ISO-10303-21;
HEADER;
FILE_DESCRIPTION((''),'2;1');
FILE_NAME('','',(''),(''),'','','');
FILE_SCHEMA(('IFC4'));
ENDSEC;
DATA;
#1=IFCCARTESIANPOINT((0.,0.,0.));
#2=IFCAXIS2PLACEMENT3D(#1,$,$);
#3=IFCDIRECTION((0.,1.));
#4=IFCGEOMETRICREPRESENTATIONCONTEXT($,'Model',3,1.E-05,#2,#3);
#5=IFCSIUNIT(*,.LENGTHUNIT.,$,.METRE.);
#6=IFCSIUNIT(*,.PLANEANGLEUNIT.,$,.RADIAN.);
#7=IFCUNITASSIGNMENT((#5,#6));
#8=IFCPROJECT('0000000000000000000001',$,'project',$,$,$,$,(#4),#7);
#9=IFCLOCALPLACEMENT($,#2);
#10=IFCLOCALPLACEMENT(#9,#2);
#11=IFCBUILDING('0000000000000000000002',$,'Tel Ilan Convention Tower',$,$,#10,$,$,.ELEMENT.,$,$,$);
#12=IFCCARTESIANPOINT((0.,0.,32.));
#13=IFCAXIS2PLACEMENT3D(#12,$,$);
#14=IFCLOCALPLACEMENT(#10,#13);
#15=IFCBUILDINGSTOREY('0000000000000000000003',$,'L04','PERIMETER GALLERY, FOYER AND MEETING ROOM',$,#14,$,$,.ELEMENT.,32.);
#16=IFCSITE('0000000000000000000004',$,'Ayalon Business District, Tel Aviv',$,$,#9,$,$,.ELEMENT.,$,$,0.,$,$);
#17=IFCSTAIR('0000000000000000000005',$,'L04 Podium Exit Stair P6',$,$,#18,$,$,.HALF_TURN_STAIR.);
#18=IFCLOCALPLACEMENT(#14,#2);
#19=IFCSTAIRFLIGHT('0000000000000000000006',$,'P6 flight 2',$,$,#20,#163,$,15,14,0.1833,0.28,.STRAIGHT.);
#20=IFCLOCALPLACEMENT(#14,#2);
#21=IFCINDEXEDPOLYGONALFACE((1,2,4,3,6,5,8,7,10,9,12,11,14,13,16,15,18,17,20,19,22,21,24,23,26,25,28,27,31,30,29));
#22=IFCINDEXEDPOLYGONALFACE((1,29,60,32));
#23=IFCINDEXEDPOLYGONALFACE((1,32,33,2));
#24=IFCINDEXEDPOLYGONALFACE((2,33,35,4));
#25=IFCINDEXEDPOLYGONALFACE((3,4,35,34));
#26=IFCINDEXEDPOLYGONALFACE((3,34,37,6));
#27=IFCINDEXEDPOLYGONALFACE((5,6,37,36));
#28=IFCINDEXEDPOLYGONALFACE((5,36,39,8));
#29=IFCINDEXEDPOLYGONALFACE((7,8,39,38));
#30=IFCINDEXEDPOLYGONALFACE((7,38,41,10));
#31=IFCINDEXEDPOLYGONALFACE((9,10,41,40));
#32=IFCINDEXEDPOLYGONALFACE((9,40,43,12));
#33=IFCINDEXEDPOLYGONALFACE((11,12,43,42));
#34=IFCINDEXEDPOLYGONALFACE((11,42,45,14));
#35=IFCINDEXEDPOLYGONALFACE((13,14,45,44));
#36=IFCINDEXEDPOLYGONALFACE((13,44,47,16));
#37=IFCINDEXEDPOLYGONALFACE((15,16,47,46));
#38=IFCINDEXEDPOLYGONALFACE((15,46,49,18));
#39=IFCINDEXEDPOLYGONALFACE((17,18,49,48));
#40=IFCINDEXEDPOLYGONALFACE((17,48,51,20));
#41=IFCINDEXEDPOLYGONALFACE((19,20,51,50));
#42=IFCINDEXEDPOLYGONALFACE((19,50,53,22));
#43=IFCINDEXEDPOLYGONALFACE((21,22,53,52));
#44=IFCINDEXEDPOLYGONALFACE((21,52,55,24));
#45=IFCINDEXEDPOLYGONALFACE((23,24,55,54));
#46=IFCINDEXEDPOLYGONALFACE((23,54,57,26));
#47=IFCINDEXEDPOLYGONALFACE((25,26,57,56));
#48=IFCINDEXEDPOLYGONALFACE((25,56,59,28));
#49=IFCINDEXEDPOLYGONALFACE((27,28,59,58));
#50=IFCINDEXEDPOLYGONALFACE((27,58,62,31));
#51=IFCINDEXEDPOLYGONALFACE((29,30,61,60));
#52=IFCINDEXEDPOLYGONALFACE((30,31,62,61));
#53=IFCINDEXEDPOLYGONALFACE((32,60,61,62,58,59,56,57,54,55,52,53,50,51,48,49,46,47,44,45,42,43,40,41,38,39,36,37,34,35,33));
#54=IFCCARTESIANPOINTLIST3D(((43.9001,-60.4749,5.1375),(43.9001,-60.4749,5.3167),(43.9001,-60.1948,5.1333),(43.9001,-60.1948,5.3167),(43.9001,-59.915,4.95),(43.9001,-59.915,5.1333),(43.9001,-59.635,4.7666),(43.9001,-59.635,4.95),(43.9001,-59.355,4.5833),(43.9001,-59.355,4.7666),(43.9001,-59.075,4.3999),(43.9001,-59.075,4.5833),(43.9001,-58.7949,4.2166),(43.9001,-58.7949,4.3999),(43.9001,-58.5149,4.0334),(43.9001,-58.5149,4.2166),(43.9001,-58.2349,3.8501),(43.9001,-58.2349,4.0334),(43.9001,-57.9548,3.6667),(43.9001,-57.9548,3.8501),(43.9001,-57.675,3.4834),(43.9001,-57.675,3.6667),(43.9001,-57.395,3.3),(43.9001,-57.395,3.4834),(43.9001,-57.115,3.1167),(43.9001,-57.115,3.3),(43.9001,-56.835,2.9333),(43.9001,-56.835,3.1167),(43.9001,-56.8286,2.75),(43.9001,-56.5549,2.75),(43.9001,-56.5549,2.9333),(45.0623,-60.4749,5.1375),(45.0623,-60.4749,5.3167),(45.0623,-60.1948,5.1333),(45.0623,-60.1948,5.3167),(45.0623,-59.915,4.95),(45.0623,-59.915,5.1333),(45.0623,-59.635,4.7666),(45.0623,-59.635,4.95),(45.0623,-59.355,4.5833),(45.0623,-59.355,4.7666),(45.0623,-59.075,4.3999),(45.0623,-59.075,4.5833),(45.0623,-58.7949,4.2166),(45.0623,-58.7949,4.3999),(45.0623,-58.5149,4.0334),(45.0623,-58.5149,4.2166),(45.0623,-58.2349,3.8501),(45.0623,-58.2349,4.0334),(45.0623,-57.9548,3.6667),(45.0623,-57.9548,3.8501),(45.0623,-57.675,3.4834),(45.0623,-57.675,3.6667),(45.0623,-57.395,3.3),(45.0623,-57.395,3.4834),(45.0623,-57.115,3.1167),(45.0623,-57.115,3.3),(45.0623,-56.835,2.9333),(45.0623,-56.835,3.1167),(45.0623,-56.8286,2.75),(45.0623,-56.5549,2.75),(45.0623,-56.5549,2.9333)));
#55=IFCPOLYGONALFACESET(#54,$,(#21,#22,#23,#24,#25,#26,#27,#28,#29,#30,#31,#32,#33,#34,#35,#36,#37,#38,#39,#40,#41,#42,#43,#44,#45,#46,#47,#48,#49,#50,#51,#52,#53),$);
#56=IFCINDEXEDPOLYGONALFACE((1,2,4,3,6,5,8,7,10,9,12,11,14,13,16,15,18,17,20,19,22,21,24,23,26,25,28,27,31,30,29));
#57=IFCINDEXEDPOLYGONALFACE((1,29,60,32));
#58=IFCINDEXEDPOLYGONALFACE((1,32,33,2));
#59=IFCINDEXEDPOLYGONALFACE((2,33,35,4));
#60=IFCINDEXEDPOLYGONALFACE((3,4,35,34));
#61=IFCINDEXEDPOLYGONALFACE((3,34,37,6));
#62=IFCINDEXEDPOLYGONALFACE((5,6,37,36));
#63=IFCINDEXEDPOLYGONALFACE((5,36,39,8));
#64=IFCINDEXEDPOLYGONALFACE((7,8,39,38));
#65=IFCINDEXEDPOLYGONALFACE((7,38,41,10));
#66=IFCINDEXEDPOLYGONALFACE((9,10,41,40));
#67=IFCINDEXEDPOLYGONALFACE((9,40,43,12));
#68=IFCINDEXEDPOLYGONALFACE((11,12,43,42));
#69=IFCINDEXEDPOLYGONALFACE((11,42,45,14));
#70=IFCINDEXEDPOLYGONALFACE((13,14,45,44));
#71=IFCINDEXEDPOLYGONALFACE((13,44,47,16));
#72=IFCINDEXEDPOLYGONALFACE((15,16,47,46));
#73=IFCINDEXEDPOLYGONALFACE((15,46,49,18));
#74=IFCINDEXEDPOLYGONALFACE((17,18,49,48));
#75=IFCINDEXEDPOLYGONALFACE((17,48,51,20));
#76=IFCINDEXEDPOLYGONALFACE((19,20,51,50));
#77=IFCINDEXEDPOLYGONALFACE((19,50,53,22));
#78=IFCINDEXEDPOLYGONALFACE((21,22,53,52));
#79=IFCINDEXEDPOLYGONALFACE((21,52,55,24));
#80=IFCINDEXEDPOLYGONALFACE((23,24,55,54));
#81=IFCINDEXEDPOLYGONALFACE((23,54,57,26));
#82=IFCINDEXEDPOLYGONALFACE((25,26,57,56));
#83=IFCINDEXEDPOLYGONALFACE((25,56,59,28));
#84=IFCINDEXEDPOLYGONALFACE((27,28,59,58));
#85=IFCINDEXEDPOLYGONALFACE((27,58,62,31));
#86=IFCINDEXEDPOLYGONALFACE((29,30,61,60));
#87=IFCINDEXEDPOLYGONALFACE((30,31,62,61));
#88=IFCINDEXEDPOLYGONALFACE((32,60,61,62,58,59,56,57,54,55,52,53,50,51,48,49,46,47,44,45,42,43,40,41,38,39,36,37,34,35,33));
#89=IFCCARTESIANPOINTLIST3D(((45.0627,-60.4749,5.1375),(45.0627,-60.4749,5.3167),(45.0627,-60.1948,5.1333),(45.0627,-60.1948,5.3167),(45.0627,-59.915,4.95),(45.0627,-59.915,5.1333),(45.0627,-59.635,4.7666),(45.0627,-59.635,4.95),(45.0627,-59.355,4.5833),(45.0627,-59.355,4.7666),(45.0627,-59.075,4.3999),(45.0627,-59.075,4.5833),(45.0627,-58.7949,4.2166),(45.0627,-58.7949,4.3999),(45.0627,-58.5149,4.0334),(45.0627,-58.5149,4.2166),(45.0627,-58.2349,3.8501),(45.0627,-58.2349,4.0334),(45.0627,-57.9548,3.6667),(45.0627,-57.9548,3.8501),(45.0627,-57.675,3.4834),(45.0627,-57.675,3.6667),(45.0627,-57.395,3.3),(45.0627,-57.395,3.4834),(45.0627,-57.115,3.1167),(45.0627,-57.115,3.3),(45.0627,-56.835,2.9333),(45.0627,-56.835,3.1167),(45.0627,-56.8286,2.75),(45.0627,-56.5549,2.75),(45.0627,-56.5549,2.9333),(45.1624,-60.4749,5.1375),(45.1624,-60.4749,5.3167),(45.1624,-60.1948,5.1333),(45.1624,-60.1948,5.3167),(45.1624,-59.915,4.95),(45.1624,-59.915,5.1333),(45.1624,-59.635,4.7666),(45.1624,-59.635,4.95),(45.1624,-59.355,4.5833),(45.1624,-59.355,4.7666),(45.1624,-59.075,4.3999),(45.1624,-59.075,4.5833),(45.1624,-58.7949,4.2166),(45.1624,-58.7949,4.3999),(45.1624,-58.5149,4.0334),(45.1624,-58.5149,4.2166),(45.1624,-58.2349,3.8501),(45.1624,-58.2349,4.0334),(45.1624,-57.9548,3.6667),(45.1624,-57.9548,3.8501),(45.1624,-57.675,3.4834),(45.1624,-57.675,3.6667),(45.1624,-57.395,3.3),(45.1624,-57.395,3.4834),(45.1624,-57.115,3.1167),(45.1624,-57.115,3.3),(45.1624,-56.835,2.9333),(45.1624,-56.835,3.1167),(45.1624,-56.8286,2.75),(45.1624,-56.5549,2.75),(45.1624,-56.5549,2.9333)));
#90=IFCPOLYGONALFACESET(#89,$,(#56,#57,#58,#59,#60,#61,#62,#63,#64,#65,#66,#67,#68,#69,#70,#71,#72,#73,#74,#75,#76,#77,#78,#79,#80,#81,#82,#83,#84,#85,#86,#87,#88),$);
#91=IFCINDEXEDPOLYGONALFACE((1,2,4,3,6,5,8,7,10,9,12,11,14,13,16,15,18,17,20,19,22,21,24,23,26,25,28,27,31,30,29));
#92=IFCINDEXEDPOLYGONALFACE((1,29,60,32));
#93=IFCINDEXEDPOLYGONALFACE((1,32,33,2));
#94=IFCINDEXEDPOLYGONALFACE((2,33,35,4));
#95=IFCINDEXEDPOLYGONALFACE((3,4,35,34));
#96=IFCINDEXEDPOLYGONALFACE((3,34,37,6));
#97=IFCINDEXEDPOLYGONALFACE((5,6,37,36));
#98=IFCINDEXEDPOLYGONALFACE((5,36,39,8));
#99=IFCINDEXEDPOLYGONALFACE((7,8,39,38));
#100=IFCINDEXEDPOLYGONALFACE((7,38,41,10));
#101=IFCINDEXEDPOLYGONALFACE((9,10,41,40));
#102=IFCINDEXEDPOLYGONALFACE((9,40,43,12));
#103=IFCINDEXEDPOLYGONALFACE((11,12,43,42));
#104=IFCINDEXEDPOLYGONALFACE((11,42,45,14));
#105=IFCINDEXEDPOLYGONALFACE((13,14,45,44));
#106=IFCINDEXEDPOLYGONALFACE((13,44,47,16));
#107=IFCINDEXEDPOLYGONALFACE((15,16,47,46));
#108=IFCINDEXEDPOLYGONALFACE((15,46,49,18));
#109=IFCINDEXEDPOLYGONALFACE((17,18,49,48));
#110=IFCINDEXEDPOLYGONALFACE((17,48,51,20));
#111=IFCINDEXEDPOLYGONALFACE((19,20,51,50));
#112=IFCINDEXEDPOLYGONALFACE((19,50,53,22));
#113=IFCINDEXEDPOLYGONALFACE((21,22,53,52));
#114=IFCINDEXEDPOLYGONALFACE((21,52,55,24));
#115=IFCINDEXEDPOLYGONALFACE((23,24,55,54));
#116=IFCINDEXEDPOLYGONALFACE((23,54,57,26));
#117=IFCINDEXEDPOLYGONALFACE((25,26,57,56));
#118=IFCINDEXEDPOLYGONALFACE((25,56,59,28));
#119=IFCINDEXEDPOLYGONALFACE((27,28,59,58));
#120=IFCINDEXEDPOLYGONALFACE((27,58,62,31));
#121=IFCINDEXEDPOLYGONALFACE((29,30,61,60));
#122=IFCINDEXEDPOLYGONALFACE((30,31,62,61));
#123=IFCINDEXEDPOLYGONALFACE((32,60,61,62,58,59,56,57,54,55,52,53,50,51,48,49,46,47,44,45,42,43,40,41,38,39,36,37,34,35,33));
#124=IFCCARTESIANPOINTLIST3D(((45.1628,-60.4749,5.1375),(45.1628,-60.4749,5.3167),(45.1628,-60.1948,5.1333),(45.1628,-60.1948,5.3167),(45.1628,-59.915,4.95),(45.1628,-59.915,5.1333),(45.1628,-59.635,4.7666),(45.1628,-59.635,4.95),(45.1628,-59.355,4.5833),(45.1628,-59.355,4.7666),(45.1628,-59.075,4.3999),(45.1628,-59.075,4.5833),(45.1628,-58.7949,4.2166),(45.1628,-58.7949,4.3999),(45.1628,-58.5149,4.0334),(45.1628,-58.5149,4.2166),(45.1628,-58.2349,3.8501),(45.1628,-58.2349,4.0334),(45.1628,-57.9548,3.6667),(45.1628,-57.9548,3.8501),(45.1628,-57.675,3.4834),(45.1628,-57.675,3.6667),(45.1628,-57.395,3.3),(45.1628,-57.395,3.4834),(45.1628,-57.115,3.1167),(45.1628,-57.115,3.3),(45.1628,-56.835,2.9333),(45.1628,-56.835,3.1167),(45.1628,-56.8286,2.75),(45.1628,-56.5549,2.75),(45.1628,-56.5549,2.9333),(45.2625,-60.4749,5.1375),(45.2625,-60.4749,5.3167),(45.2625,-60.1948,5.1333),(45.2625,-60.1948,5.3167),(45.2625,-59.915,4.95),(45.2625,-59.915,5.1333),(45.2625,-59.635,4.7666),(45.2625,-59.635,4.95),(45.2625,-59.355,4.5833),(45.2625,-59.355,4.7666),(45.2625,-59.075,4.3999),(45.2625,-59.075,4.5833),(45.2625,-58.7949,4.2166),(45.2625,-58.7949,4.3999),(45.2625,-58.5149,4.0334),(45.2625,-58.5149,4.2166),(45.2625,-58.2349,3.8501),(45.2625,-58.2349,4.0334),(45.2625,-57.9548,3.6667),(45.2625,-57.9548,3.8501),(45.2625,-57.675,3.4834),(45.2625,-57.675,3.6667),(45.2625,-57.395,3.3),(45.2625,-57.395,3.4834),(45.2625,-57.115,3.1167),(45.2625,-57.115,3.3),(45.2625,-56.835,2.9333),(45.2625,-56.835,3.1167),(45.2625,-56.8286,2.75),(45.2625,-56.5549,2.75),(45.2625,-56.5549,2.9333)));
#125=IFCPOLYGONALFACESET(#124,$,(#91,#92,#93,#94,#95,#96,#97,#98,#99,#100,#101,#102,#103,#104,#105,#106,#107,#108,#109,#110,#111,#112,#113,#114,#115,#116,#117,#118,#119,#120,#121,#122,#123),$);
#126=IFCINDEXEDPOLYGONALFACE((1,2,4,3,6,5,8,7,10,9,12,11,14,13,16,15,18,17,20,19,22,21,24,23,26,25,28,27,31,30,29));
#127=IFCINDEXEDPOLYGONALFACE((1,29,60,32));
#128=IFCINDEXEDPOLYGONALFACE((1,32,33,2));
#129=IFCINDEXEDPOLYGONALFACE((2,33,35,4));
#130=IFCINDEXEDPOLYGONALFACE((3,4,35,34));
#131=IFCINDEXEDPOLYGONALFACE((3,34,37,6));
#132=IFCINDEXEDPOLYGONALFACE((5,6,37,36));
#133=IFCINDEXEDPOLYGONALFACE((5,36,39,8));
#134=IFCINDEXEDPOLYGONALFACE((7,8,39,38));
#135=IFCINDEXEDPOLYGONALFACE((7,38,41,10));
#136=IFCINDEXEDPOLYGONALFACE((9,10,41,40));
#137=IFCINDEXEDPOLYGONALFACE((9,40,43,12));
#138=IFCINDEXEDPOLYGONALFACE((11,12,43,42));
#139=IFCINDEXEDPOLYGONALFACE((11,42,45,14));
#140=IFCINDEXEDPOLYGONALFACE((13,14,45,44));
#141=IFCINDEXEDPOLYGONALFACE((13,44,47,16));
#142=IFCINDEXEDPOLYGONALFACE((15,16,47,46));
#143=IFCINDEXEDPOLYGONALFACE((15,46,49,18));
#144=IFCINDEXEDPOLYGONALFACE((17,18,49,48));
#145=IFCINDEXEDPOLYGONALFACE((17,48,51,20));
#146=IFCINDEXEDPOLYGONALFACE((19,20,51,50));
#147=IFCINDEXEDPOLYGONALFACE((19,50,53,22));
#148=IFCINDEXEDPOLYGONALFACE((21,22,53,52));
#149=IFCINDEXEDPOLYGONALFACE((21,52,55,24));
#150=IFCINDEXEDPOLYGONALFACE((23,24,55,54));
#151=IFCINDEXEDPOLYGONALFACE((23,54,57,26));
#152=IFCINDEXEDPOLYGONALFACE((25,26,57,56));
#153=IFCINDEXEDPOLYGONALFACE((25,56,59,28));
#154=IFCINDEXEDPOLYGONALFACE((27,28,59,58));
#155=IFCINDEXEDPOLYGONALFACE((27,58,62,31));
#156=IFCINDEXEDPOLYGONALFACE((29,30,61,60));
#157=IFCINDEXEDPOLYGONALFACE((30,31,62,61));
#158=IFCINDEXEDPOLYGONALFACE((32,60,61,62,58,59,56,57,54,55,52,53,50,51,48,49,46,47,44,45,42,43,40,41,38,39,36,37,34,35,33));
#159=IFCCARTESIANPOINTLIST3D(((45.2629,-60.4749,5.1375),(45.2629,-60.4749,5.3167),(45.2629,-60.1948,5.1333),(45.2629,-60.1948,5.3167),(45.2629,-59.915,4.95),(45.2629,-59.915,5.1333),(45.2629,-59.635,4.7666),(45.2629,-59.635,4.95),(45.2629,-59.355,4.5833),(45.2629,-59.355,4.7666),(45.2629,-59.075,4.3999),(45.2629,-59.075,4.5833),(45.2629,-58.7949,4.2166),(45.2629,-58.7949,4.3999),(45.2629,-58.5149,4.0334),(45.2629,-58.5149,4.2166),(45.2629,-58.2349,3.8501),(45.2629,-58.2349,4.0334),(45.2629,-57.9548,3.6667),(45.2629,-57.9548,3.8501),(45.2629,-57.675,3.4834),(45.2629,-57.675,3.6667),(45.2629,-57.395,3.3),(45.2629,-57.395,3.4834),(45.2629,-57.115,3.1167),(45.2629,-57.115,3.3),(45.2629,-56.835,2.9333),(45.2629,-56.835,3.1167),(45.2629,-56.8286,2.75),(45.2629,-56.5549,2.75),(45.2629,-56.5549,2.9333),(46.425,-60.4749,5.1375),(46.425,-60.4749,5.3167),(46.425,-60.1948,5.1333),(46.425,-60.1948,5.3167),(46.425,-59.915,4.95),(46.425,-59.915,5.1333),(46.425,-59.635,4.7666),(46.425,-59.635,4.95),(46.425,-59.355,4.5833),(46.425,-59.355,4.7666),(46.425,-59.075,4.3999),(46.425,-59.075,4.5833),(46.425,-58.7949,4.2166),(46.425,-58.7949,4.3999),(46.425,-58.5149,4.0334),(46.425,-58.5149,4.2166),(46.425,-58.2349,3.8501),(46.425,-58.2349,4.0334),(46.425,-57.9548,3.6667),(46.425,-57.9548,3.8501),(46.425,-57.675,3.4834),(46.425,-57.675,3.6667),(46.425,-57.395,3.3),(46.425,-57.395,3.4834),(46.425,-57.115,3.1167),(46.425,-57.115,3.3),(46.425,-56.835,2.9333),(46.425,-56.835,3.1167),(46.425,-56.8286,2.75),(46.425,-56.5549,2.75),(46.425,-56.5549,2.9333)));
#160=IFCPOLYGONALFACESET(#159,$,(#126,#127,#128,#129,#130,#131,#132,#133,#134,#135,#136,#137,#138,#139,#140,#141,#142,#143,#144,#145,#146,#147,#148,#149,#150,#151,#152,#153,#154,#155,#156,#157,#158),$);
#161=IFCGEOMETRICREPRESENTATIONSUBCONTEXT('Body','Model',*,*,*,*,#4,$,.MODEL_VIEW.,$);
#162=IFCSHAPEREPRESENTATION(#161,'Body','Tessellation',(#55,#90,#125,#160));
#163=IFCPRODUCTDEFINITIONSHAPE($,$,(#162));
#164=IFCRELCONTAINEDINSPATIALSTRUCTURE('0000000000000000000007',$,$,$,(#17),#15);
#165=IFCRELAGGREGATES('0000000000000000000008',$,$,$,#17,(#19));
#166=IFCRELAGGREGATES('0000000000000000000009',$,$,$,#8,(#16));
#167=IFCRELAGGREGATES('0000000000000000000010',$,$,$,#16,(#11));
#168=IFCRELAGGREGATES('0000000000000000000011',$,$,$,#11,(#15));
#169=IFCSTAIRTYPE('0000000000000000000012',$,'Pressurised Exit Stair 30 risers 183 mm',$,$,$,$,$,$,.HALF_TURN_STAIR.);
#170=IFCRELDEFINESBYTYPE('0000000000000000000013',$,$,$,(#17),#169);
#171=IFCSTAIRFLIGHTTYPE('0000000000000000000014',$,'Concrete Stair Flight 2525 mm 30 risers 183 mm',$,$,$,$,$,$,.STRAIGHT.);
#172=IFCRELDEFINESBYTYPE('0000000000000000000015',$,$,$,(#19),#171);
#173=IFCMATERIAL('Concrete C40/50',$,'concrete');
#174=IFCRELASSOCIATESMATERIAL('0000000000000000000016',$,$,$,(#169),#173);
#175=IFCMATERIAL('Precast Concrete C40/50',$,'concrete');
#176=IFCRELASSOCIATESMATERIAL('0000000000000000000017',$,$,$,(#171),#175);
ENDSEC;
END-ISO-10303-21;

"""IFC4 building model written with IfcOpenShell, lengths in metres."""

from ifc_helpers import new_model, si_unit, direction, frame, origin, place, context, subcontext, project, spatial, polyline, outline, extrude, material, type_object, element, aggregate, save


model = new_model("IFC4")

# Units and contexts
model_context = context("Model", 3, precision=1e-05, world=origin(), true_north=direction((0.0, 1.0)))
body_context = subcontext(model_context, "Body", "Model", "MODEL_VIEW")
ifc_project = project(units=[si_unit("LENGTHUNIT", "METRE"), si_unit("PLANEANGLEUNIT", "RADIAN")], contexts=[model_context])

# Site, building, storey
site_placement = place(None, origin())
site = spatial("IfcSite", under=ifc_project, at=site_placement, Name="Ayalon Business District, Tel Aviv", CompositionType="ELEMENT", RefElevation=0.0)
building_placement = place(site_placement, origin())
building = spatial("IfcBuilding", under=site, at=building_placement, Name="Tel Ilan Convention Tower", CompositionType="ELEMENT")
storey_placement = place(building_placement, frame((0.0, 0.0, 32.0)))
storey = spatial("IfcBuildingStorey", under=building, at=storey_placement, Name="L04", Description="PERIMETER GALLERY, FOYER AND MEETING ROOM", CompositionType="ELEMENT", Elevation=32.0)

# Stair, stair flight
ifc_material_1 = material(Name="Concrete C40/50", Category="concrete")
stair_type = type_object("IfcStairType", Name="Pressurised Exit Stair 30 risers 183 mm", PredefinedType="HALF_TURN_STAIR", material=ifc_material_1)
stair_1_placement = place(storey_placement, origin())
stair_1 = element("IfcStair", 1, at=stair_1_placement, inside=storey, type_object=stair_type, Name="L04 Podium Exit Stair P6", PredefinedType="HALF_TURN_STAIR")
ifc_material_2 = material(Name="Precast Concrete C40/50", Category="concrete")
stair_flight_type = type_object("IfcStairFlightType", Name="Concrete Stair Flight 2525 mm 30 risers 183 mm", PredefinedType="STRAIGHT", material=ifc_material_2)
stair_flight_1_placement = place(storey_placement, frame((45.1626, -56.5549, 2.75), z_axis=(0.0, 0.0, 1.0), x_axis=(0.0, -1.0, 0.0)))
stair_flight_1 = element("IfcStairFlight", 2, at=stair_flight_1_placement, type_object=stair_flight_type, Name="P6 flight 2", NumberOfRisers=15, NumberOfTreads=14, PredefinedType="STRAIGHT", RiserHeight=0.1833, TreadLength=0.28, context=body_context, shape_type="SweptSolid", body=[
    extrude(outline(polyline([(0.0, 0.0), (0.0, 0.1833), (0.28, 0.1833), (0.28, 0.3667), (0.5601, 0.3667), (0.5601, 0.55), (0.8401, 0.55), (0.8401, 0.7334), (1.1201, 0.7334), (1.1201, 0.9167), (1.3999, 0.9167), (1.3999, 1.1001), (1.6799, 1.1001), (1.6799, 1.2834), (1.96, 1.2834), (1.96, 1.4666), (2.24, 1.4666), (2.24, 1.6499), (2.52, 1.6499), (2.52, 1.8333), (2.8, 1.8333), (2.8, 2.0166), (3.0801, 2.0166), (3.0801, 2.2), (3.3601, 2.2), (3.3601, 2.3833), (3.6399, 2.3833), (3.6399, 2.5667), (3.9199, 2.5667), (3.9199, 2.75), (3.9199, 2.3875), (0.2737, 0.0), (0.0, 0.0)])), frame((0.0, -0.1003, 0.0), z_axis=(0.0, -1.0, 0.0), x_axis=(1.0, 0.0, 0.0)), (0.0, 0.0, 1.0), 1.1621),
    extrude(outline(polyline([(0.0, 0.0), (0.0, 0.1833), (0.28, 0.1833), (0.28, 0.3667), (0.5601, 0.3667), (0.5601, 0.55), (0.8401, 0.55), (0.8401, 0.7334), (1.1201, 0.7334), (1.1201, 0.9167), (1.3999, 0.9167), (1.3999, 1.1001), (1.6799, 1.1001), (1.6799, 1.2834), (1.96, 1.2834), (1.96, 1.4666), (2.24, 1.4666), (2.24, 1.6499), (2.52, 1.6499), (2.52, 1.8333), (2.8, 1.8333), (2.8, 2.0166), (3.0801, 2.0166), (3.0801, 2.2), (3.3601, 2.2), (3.3601, 2.3833), (3.6399, 2.3833), (3.6399, 2.5667), (3.9199, 2.5667), (3.9199, 2.75), (3.9199, 2.3875), (0.2737, 0.0), (0.0, 0.0)])), frame((0.0, -0.0002, 0.0), z_axis=(0.0, -1.0, 0.0), x_axis=(1.0, 0.0, 0.0)), (0.0, 0.0, 1.0), 0.0996),
    extrude(outline(polyline([(0.0, 0.0), (0.0, 0.1833), (0.28, 0.1833), (0.28, 0.3667), (0.5601, 0.3667), (0.5601, 0.55), (0.8401, 0.55), (0.8401, 0.7334), (1.1201, 0.7334), (1.1201, 0.9167), (1.3999, 0.9167), (1.3999, 1.1001), (1.6799, 1.1001), (1.6799, 1.2834), (1.96, 1.2834), (1.96, 1.4666), (2.24, 1.4666), (2.24, 1.6499), (2.52, 1.6499), (2.52, 1.8333), (2.8, 1.8333), (2.8, 2.0166), (3.0801, 2.0166), (3.0801, 2.2), (3.3601, 2.2), (3.3601, 2.3833), (3.6399, 2.3833), (3.6399, 2.5667), (3.9199, 2.5667), (3.9199, 2.75), (3.9199, 2.3875), (0.2737, 0.0), (0.0, 0.0)])), frame((0.0, 0.0999, 0.0), z_axis=(0.0, -1.0, 0.0), x_axis=(1.0, 0.0, 0.0)), (0.0, 0.0, 1.0), 0.0996),
    extrude(outline(polyline([(0.0, 0.0), (0.0, 0.1833), (0.28, 0.1833), (0.28, 0.3667), (0.5601, 0.3667), (0.5601, 0.55), (0.8401, 0.55), (0.8401, 0.7334), (1.1201, 0.7334), (1.1201, 0.9167), (1.3999, 0.9167), (1.3999, 1.1001), (1.6799, 1.1001), (1.6799, 1.2834), (1.96, 1.2834), (1.96, 1.4666), (2.24, 1.4666), (2.24, 1.6499), (2.52, 1.6499), (2.52, 1.8333), (2.8, 1.8333), (2.8, 2.0166), (3.0801, 2.0166), (3.0801, 2.2), (3.3601, 2.2), (3.3601, 2.3833), (3.6399, 2.3833), (3.6399, 2.5667), (3.9199, 2.5667), (3.9199, 2.75), (3.9199, 2.3875), (0.2737, 0.0), (0.0, 0.0)])), frame((0.0, 1.2625, 0.0), z_axis=(0.0, -1.0, 0.0), x_axis=(1.0, 0.0, 0.0)), (0.0, 0.0, 1.0), 1.1621),
])
aggregate(stair_1, [stair_flight_1])

save(model, "model.ifc")
